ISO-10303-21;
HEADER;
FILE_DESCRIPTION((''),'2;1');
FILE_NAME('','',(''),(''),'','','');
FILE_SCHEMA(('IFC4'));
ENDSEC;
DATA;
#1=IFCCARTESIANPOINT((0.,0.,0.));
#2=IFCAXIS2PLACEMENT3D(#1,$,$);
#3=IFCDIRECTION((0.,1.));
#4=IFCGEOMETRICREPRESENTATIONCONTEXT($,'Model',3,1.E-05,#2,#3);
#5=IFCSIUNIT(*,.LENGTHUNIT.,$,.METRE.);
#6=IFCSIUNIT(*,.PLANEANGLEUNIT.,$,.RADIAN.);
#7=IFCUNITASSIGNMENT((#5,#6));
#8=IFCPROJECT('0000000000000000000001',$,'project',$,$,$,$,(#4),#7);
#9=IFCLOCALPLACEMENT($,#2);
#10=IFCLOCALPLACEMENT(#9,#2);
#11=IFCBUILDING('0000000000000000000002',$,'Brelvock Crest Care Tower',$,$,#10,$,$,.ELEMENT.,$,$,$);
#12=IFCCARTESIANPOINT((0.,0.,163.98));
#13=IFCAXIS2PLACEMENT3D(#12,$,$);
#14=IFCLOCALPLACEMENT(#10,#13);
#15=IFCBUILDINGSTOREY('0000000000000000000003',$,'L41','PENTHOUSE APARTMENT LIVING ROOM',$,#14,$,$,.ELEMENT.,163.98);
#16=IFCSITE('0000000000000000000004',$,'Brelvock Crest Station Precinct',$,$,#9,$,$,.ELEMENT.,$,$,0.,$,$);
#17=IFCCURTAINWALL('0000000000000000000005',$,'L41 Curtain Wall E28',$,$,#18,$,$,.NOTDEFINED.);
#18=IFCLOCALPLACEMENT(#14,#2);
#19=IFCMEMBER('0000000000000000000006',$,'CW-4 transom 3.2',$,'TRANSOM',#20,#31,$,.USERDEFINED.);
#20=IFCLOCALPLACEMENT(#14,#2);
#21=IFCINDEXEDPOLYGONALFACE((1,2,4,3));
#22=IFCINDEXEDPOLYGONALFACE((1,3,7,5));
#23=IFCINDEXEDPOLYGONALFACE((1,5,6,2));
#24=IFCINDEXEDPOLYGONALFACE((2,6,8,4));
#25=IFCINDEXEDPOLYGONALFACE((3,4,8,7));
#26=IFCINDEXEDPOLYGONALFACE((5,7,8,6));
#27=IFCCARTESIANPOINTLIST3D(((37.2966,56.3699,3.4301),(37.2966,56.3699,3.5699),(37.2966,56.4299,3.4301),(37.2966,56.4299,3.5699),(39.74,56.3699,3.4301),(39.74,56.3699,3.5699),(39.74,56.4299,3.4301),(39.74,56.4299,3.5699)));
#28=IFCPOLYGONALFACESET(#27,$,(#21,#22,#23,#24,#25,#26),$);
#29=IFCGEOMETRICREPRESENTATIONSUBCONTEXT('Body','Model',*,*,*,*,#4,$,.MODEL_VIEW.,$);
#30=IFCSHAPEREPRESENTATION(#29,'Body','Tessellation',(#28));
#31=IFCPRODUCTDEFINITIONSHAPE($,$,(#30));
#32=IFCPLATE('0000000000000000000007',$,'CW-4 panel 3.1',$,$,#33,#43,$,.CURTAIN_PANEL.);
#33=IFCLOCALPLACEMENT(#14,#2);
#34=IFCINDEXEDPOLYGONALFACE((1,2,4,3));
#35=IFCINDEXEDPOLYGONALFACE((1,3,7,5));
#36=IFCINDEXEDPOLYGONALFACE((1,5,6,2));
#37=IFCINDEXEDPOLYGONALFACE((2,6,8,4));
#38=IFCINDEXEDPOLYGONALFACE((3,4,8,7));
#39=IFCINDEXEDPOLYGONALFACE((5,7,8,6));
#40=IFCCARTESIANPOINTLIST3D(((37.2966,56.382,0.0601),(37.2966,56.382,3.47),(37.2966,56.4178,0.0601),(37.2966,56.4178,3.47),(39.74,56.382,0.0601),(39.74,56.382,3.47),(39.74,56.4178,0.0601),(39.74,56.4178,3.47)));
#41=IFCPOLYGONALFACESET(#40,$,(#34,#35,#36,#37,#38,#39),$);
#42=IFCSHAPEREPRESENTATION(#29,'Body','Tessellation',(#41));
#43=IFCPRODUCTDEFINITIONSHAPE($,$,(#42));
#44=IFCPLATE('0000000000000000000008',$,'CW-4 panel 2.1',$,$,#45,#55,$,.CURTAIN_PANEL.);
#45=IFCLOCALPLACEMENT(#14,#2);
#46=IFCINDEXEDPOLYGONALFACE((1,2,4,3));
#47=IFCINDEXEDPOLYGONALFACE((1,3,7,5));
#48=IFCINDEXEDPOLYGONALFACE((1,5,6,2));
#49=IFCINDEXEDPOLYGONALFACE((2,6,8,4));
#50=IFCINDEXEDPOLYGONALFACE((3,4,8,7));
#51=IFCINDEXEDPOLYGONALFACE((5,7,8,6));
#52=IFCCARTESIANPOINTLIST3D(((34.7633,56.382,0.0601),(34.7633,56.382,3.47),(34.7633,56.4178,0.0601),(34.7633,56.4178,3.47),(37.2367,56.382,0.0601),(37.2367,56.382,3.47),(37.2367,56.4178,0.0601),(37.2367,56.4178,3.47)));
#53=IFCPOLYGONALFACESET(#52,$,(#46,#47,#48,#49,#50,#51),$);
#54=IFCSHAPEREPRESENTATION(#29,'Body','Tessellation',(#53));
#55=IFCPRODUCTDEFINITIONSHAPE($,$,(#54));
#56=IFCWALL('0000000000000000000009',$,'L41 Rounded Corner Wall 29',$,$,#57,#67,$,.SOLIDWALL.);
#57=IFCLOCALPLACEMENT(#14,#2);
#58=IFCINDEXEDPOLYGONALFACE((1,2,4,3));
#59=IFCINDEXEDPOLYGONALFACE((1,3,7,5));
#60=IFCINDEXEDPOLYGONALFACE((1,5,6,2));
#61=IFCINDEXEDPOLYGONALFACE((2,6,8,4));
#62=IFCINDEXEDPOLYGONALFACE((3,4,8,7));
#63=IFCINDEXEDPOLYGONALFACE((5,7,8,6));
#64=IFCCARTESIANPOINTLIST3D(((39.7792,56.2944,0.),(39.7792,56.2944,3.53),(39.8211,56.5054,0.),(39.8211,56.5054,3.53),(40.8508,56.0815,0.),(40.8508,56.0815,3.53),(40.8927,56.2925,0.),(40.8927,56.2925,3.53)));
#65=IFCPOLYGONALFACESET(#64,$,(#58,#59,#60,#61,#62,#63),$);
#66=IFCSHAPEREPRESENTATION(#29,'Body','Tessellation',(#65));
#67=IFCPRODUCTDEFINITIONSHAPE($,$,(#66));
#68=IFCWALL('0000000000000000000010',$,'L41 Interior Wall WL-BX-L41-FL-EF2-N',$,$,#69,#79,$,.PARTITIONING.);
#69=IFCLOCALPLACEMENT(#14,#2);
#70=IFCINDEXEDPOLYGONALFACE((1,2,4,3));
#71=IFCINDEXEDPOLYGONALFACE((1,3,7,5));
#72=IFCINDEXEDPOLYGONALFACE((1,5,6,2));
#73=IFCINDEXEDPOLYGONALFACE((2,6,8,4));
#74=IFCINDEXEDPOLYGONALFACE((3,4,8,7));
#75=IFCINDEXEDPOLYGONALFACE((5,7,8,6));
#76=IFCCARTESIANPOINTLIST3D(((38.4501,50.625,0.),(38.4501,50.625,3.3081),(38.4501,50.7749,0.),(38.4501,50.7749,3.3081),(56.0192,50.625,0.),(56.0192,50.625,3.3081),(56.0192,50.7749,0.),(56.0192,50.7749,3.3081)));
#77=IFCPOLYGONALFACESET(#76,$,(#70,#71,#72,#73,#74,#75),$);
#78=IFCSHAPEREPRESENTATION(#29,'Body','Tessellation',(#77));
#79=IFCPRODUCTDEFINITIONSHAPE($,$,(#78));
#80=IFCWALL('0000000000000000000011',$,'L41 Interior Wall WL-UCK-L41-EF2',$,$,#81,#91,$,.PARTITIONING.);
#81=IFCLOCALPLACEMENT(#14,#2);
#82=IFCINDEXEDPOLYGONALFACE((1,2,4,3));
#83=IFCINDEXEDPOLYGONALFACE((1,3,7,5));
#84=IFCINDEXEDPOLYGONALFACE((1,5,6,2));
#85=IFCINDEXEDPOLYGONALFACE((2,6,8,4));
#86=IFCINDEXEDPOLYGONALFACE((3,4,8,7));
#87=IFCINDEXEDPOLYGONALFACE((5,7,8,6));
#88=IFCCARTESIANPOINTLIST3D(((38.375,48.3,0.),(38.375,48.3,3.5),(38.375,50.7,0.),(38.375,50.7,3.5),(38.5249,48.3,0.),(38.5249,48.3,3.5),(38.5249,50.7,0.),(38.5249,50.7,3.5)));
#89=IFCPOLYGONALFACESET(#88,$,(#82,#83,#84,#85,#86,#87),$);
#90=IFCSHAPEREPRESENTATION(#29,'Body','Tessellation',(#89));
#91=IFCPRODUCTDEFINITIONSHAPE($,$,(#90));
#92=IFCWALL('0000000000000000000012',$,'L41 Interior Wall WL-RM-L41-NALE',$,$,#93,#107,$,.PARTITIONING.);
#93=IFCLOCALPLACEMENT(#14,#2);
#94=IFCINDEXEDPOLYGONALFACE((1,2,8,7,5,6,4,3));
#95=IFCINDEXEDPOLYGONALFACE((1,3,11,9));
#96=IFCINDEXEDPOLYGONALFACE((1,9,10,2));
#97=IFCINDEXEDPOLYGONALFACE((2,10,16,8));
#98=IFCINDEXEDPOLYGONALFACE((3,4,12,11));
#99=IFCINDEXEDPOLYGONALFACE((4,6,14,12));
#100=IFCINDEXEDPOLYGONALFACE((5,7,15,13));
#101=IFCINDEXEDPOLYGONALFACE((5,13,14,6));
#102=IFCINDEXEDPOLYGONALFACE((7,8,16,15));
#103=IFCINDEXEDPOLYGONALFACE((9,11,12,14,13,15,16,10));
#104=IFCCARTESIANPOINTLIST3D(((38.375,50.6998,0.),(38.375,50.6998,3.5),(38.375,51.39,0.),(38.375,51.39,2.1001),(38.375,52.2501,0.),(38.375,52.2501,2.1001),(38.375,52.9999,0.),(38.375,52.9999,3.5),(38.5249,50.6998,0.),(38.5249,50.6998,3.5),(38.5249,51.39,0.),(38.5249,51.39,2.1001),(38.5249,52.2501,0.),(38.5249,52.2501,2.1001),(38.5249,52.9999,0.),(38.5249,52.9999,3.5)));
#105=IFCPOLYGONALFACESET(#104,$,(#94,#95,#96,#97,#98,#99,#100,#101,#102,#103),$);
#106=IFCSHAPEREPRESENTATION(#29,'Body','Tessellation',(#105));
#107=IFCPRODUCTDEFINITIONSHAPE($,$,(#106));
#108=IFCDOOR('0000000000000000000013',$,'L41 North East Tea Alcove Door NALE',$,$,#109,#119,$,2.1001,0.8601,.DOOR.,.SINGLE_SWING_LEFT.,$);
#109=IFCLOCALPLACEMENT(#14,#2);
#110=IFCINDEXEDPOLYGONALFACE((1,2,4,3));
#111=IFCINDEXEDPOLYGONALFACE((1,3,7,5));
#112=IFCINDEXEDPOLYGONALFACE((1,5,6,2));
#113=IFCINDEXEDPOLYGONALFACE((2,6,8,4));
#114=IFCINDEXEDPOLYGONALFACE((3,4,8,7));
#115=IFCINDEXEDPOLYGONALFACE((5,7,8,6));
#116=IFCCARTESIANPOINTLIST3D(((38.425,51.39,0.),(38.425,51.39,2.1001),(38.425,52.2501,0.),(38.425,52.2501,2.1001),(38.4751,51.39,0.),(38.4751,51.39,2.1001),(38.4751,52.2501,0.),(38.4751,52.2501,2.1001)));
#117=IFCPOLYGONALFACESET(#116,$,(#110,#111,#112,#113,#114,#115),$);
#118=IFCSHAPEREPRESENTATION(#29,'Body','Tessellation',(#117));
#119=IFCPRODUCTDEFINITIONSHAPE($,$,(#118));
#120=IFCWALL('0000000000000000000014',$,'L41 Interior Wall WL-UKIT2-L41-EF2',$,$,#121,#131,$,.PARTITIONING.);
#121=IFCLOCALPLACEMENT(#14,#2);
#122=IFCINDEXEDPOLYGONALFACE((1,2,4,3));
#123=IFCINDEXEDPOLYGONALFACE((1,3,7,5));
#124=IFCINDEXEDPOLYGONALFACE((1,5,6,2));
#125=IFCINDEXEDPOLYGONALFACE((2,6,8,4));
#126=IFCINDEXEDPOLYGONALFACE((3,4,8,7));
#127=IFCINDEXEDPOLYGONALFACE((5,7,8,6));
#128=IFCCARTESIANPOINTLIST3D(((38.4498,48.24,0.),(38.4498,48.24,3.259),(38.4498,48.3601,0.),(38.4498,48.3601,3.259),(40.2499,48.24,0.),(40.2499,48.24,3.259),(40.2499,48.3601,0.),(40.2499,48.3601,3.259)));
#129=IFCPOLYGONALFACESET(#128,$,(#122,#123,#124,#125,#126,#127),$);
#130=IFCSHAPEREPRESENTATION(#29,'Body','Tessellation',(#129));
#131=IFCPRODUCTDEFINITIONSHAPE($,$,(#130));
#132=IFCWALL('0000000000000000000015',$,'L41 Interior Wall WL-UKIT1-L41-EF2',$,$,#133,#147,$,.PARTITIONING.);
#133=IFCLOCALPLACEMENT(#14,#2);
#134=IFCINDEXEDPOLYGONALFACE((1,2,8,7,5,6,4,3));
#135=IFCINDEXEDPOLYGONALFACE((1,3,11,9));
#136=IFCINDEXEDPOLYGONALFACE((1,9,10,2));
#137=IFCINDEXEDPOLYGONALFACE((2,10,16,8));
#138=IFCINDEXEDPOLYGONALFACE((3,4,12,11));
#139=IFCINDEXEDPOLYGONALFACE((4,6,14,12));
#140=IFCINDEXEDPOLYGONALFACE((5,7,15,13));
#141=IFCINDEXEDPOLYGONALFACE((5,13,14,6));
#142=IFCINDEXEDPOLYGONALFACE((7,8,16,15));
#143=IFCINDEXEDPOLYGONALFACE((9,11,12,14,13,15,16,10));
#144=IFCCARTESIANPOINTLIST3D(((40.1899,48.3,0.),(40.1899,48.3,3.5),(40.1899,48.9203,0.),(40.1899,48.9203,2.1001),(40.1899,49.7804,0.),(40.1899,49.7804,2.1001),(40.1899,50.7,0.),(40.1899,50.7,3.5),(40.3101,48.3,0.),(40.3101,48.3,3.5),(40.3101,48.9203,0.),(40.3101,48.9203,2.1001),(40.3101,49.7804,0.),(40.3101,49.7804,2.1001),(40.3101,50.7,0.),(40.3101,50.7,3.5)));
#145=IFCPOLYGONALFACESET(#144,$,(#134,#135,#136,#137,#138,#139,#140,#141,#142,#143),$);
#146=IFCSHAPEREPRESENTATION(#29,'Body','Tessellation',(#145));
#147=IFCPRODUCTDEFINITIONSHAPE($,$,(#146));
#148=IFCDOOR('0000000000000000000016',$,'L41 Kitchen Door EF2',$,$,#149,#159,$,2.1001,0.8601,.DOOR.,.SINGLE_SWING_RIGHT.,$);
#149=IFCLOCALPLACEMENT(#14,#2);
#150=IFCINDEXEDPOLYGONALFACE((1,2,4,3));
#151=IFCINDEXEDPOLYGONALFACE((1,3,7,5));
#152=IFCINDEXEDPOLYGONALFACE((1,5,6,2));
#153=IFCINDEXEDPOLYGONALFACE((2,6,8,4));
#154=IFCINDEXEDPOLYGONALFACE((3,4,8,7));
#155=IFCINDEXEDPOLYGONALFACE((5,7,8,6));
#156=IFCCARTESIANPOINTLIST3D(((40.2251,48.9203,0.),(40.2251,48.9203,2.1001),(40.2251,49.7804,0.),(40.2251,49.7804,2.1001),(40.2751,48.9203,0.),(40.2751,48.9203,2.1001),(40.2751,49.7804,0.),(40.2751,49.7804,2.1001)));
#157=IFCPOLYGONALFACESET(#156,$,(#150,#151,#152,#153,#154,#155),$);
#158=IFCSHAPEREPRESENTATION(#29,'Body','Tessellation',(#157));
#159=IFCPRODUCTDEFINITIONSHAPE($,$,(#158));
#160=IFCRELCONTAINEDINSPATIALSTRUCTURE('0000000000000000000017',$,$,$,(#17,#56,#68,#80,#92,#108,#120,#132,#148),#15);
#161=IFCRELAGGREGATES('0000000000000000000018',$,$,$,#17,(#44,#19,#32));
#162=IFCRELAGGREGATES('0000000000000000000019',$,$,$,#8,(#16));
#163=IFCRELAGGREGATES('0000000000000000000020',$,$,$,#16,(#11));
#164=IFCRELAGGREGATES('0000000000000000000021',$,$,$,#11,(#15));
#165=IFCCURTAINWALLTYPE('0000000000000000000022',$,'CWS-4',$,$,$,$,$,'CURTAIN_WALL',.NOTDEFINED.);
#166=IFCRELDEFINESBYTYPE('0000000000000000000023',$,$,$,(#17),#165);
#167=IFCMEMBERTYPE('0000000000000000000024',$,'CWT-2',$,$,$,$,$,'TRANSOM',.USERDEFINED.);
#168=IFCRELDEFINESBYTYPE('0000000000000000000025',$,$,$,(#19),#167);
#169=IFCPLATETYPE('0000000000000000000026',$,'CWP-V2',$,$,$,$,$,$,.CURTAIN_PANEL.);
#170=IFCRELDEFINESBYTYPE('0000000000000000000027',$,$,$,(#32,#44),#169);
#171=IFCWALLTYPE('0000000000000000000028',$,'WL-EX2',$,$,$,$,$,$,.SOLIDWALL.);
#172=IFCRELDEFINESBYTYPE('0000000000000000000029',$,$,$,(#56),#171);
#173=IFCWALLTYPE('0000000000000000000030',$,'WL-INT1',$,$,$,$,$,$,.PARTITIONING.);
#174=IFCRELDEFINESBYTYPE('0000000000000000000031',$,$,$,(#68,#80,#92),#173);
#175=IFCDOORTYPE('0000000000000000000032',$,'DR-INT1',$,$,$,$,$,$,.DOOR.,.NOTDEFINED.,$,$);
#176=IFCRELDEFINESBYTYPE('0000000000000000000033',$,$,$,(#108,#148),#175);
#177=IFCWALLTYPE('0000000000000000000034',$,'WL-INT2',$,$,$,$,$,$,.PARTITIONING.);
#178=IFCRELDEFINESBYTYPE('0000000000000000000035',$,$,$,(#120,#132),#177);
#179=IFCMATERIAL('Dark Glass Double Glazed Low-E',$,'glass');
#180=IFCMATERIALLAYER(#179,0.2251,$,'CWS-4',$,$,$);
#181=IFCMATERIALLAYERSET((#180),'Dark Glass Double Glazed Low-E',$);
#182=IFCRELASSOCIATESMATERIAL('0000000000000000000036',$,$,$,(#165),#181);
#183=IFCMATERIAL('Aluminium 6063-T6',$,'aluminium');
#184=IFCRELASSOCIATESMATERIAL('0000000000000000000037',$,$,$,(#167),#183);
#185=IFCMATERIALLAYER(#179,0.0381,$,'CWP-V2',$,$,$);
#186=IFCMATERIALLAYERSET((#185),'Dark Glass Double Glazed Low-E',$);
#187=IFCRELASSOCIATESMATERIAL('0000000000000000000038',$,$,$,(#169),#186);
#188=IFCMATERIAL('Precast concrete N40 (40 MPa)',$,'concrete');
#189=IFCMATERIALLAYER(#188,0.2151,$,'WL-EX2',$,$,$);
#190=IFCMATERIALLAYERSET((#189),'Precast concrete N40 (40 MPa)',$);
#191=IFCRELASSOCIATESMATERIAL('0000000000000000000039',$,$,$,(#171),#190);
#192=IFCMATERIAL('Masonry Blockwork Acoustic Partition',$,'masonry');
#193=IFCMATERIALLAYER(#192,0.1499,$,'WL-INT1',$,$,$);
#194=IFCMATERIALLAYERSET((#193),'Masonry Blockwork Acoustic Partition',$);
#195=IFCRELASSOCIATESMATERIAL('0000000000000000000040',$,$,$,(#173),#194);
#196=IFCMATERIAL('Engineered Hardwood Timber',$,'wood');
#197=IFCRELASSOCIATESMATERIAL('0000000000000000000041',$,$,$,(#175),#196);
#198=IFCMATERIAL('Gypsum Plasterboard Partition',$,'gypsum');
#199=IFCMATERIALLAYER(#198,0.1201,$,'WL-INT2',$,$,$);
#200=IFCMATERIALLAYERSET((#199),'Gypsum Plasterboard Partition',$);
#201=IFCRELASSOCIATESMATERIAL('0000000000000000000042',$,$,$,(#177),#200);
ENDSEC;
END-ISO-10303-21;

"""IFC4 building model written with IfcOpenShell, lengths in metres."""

from ifc_helpers import new_model, si_unit, direction, frame, frame_2d, origin, origin_2d, place, context, subcontext, project, spatial, rectangle, extrude, source, transform, mapped, material, layer, layer_set, material_profile, profile_set, type_object, element, fill, aggregate, save


model = new_model("IFC4")

# Units and contexts
model_context = context("Model", 3, precision=1e-05, world=origin(), true_north=direction((0.0, 1.0)))
body_context = subcontext(model_context, "Body", "Model", "MODEL_VIEW")
ifc_project = project(units=[si_unit("LENGTHUNIT", "METRE"), si_unit("PLANEANGLEUNIT", "RADIAN")], contexts=[model_context])

# Site, building, storey
site_placement = place(None, origin())
site = spatial("IfcSite", under=ifc_project, at=site_placement, Name="Brelvock Crest Station Precinct", CompositionType="ELEMENT", RefElevation=0.0)
building_placement = place(site_placement, origin())
building = spatial("IfcBuilding", under=site, at=building_placement, Name="Brelvock Crest Care Tower", CompositionType="ELEMENT")
storey_placement = place(building_placement, frame((0.0, 0.0, 163.98)))
storey = spatial("IfcBuildingStorey", under=building, at=storey_placement, Name="L41", Description="PENTHOUSE APARTMENT LIVING ROOM", CompositionType="ELEMENT", Elevation=163.98)

# Curtain wall, member, plates
ifc_material_1 = material(Name="Dark Glass Double Glazed Low-E", Category="glass")
ifc_layer_1 = layer(ifc_material_1, 0.2251, Name="CWS-4")
ifc_layer_set_1 = layer_set([ifc_layer_1], Name="Dark Glass Double Glazed Low-E")
curtain_wall_type = type_object("IfcCurtainWallType", Name="CWS-4", ElementType="CURTAIN_WALL", PredefinedType="NOTDEFINED", material=ifc_layer_set_1)
curtain_wall_placement = place(storey_placement, origin())
curtain_wall = element("IfcCurtainWall", 1, at=curtain_wall_placement, inside=storey, type_object=curtain_wall_type, Name="L41 Curtain Wall E28", PredefinedType="NOTDEFINED")
ifc_material_2 = material(Name="Aluminium 6063-T6", Category="aluminium")
ifc_material_profile_1 = material_profile(ifc_material_2, rectangle(XDim=0.0601, YDim=0.1399, at=origin_2d()), Name="ALU60x140")
ifc_profile_set_1 = profile_set([ifc_material_profile_1], Name="Aluminium 6063-T6")
member_type_1 = type_object("IfcMemberType", Name="CWT-2", ElementType="TRANSOM", PredefinedType="USERDEFINED", material=ifc_profile_set_1)
shared_shape_1 = source(origin(), body_context, "Body", "SweptSolid", [
    extrude(rectangle(XDim=0.0601, YDim=0.1399, at=origin_2d()), origin(), (0.0, 0.0, 1.0), 2.4434),
])
member_1_placement = place(storey_placement, frame((37.2966, 56.3999, 3.5), z_axis=(1.0, 0.0, 0.0), x_axis=(0.0, 1.0, 0.0)))
member_1 = element("IfcMember", 2, at=member_1_placement, type_object=member_type_1, Name="CW-4 transom 3.2", ObjectType="TRANSOM", PredefinedType="USERDEFINED", context=body_context, shape_type="MappedRepresentation", body=[
    mapped(shared_shape_1, transform((0.0, 0.0, 0.0), x_axis=(1.0, 0.0, 0.0), y_axis=(0.0, 1.0, 0.0), z_axis=(0.0, 0.0, 1.0), scale=1.0)),
])
ifc_layer_2 = layer(ifc_material_1, 0.0381, Name="CWP-V2")
ifc_layer_set_2 = layer_set([ifc_layer_2], Name="Dark Glass Double Glazed Low-E")
plate_type = type_object("IfcPlateType", Name="CWP-V2", PredefinedType="CURTAIN_PANEL", material=ifc_layer_set_2)
shared_shape_2 = source(origin(), body_context, "Body", "SweptSolid", [
    extrude(rectangle(XDim=2.4434, YDim=0.0359, at=origin_2d()), origin(), (0.0, 0.0, 1.0), 3.4099),
])
plate_1_placement = place(storey_placement, frame((38.5183, 56.3999, 0.0601), z_axis=(0.0, 0.0, 1.0), x_axis=(1.0, 0.0, 0.0)))
plate_1 = element("IfcPlate", 3, at=plate_1_placement, type_object=plate_type, Name="CW-4 panel 3.1", PredefinedType="CURTAIN_PANEL", context=body_context, shape_type="MappedRepresentation", body=[
    mapped(shared_shape_2, transform((0.0, 0.0, 0.0), x_axis=(1.0, 0.0, 0.0), y_axis=(0.0, 1.0, 0.0), z_axis=(0.0, 0.0, 1.0), scale=1.0)),
])
shared_shape_3 = source(origin(), body_context, "Body", "SweptSolid", [
    extrude(rectangle(XDim=2.4734, YDim=0.0359, at=origin_2d()), origin(), (0.0, 0.0, 1.0), 3.4099),
])
plate_2_placement = place(storey_placement, frame((36.0, 56.3999, 0.0601), z_axis=(0.0, 0.0, 1.0), x_axis=(1.0, 0.0, 0.0)))
plate_2 = element("IfcPlate", 4, at=plate_2_placement, type_object=plate_type, Name="CW-4 panel 2.1", PredefinedType="CURTAIN_PANEL", context=body_context, shape_type="MappedRepresentation", body=[
    mapped(shared_shape_3, transform((0.0, 0.0, 0.0), x_axis=(1.0, 0.0, 0.0), y_axis=(0.0, 1.0, 0.0), z_axis=(0.0, 0.0, 1.0), scale=1.0)),
])
aggregate(curtain_wall, [plate_2, member_1, plate_1])

# Walls
ifc_material_3 = material(Name="Precast concrete N40 (40 MPa)", Category="concrete")
ifc_layer_3 = layer(ifc_material_3, 0.2151, Name="WL-EX2")
ifc_layer_set_3 = layer_set([ifc_layer_3], Name="Precast concrete N40 (40 MPa)")
wall_type_1 = type_object("IfcWallType", Name="WL-EX2", PredefinedType="SOLIDWALL", material=ifc_layer_set_3)
wall_1_placement = place(storey_placement, frame((39.8, 56.3999, 0.0), z_axis=(0.0, 0.0, 1.0), x_axis=(0.980829, -0.19487, 0.0)))
element("IfcWall", 5, at=wall_1_placement, inside=storey, type_object=wall_type_1, Name="L41 Rounded Corner Wall 29", PredefinedType="SOLIDWALL", context=body_context, shape_type="SweptSolid", body=[
    extrude(rectangle(XDim=1.0925, YDim=0.2151, at=frame_2d((0.5464, 0.0))), origin(), (0.0, 0.0, 1.0), 3.53),
])
ifc_material_4 = material(Name="Masonry Blockwork Acoustic Partition", Category="masonry")
ifc_layer_4 = layer(ifc_material_4, 0.1499, Name="WL-INT1")
ifc_layer_set_4 = layer_set([ifc_layer_4], Name="Masonry Blockwork Acoustic Partition")
wall_type_2 = type_object("IfcWallType", Name="WL-INT1", PredefinedType="PARTITIONING", material=ifc_layer_set_4)
wall_2_placement = place(storey_placement, frame((38.45, 50.7, 0.0), z_axis=(0.0, 0.0, 1.0), x_axis=(1.0, 0.0, 0.0)))
element("IfcWall", 6, at=wall_2_placement, inside=storey, type_object=wall_type_2, Name="L41 Interior Wall WL-BX-L41-FL-EF2-N", PredefinedType="PARTITIONING", context=body_context, shape_type="SweptSolid", body=[
    extrude(rectangle(XDim=17.5691, YDim=0.1499, at=frame_2d((8.7847, 0.0))), origin(), (0.0, 0.0, 1.0), 3.3081),
])
wall_3_placement = place(storey_placement, frame((38.45, 48.3, 0.0), z_axis=(0.0, 0.0, 1.0), x_axis=(0.0, 1.0, 0.0)))
element("IfcWall", 7, at=wall_3_placement, inside=storey, type_object=wall_type_2, Name="L41 Interior Wall WL-UCK-L41-EF2", PredefinedType="PARTITIONING", context=body_context, shape_type="SweptSolid", body=[
    extrude(rectangle(XDim=2.3999, YDim=0.1499, at=frame_2d((1.2, 0.0))), origin(), (0.0, 0.0, 1.0), 3.5),
])

# Wall, opening, door
wall_4_placement = place(storey_placement, frame((38.45, 50.7, 0.0), z_axis=(0.0, 0.0, 1.0), x_axis=(0.0, 1.0, 0.0)))
wall_4 = element("IfcWall", 8, at=wall_4_placement, inside=storey, type_object=wall_type_2, Name="L41 Interior Wall WL-RM-L41-NALE", PredefinedType="PARTITIONING", context=body_context, shape_type="SweptSolid", body=[
    extrude(rectangle(XDim=2.3, YDim=0.1499, at=frame_2d((1.1499, 0.0))), origin(), (0.0, 0.0, 1.0), 3.5),
])
opening_1_placement = place(wall_4_placement, frame((0.6899, 0.0, 0.0)))
opening_1 = element("IfcOpeningElement", 9, at=opening_1_placement, cuts=wall_4, PredefinedType="OPENING", context=body_context, shape_type="SweptSolid", body=[
    extrude(rectangle(XDim=0.8601, YDim=2.1001, at=origin_2d()), frame((0.4302, 0.085, 1.05), z_axis=(0.0, -1.0, 0.0), x_axis=(1.0, 0.0, 0.0)), (0.0, 0.0, 1.0), 0.1699),
])
ifc_material_5 = material(Name="Engineered Hardwood Timber", Category="wood")
door_type = type_object("IfcDoorType", Name="DR-INT1", OperationType="NOTDEFINED", PredefinedType="DOOR", material=ifc_material_5)
shared_shape_4 = source(origin(), body_context, "Body", "SweptSolid", [
    extrude(rectangle(XDim=0.8601, YDim=2.1001, at=origin_2d()), frame((0.4302, 0.0249, 1.05), z_axis=(0.0, -1.0, 0.0), x_axis=(1.0, 0.0, 0.0)), (0.0, 0.0, 1.0), 0.05),
])
door_1_placement = place(opening_1_placement, origin())
door_1 = element("IfcDoor", 10, at=door_1_placement, inside=storey, type_object=door_type, Name="L41 North East Tea Alcove Door NALE", OperationType="SINGLE_SWING_LEFT", OverallHeight=2.1001, OverallWidth=0.8601, PredefinedType="DOOR", context=body_context, shape_type="MappedRepresentation", body=[
    mapped(shared_shape_4, transform((0.0, 0.0, 0.0), x_axis=(1.0, 0.0, 0.0), y_axis=(0.0, 1.0, 0.0), z_axis=(0.0, 0.0, 1.0), scale=1.0)),
])
fill(opening_1, door_1)

# Wall
ifc_material_6 = material(Name="Gypsum Plasterboard Partition", Category="gypsum")
ifc_layer_5 = layer(ifc_material_6, 0.1201, Name="WL-INT2")
ifc_layer_set_5 = layer_set([ifc_layer_5], Name="Gypsum Plasterboard Partition")
wall_type_3 = type_object("IfcWallType", Name="WL-INT2", PredefinedType="PARTITIONING", material=ifc_layer_set_5)
wall_5_placement = place(storey_placement, frame((38.45, 48.3, 0.0), z_axis=(0.0, 0.0, 1.0), x_axis=(1.0, 0.0, 0.0)))
element("IfcWall", 11, at=wall_5_placement, inside=storey, type_object=wall_type_3, Name="L41 Interior Wall WL-UKIT2-L41-EF2", PredefinedType="PARTITIONING", context=body_context, shape_type="SweptSolid", body=[
    extrude(rectangle(XDim=1.8, YDim=0.1201, at=frame_2d((0.8999, 0.0))), origin(), (0.0, 0.0, 1.0), 3.259),
])

# Wall, opening, door
wall_6_placement = place(storey_placement, frame((40.25, 48.3, 0.0), z_axis=(0.0, 0.0, 1.0), x_axis=(0.0, 1.0, 0.0)))
wall_6 = element("IfcWall", 12, at=wall_6_placement, inside=storey, type_object=wall_type_3, Name="L41 Interior Wall WL-UKIT1-L41-EF2", PredefinedType="PARTITIONING", context=body_context, shape_type="SweptSolid", body=[
    extrude(rectangle(XDim=2.3999, YDim=0.1201, at=frame_2d((1.2, 0.0))), origin(), (0.0, 0.0, 1.0), 3.5),
])
opening_2_placement = place(wall_6_placement, frame((0.6201, 0.0, 0.0)))
opening_2 = element("IfcOpeningElement", 13, at=opening_2_placement, cuts=wall_6, PredefinedType="OPENING", context=body_context, shape_type="SweptSolid", body=[
    extrude(rectangle(XDim=0.8601, YDim=2.1001, at=origin_2d()), frame((0.4302, 0.0701, 1.05), z_axis=(0.0, -1.0, 0.0), x_axis=(1.0, 0.0, 0.0)), (0.0, 0.0, 1.0), 0.1401),
])
door_2_placement = place(opening_2_placement, origin())
door_2 = element("IfcDoor", 14, at=door_2_placement, inside=storey, type_object=door_type, Name="L41 Kitchen Door EF2", OperationType="SINGLE_SWING_RIGHT", OverallHeight=2.1001, OverallWidth=0.8601, PredefinedType="DOOR", context=body_context, shape_type="MappedRepresentation", body=[
    mapped(shared_shape_4, transform((0.0, 0.0, 0.0), x_axis=(1.0, 0.0, 0.0), y_axis=(0.0, 1.0, 0.0), z_axis=(0.0, 0.0, 1.0), scale=1.0)),
])
fill(opening_2, door_2)

save(model, "model.ifc")
